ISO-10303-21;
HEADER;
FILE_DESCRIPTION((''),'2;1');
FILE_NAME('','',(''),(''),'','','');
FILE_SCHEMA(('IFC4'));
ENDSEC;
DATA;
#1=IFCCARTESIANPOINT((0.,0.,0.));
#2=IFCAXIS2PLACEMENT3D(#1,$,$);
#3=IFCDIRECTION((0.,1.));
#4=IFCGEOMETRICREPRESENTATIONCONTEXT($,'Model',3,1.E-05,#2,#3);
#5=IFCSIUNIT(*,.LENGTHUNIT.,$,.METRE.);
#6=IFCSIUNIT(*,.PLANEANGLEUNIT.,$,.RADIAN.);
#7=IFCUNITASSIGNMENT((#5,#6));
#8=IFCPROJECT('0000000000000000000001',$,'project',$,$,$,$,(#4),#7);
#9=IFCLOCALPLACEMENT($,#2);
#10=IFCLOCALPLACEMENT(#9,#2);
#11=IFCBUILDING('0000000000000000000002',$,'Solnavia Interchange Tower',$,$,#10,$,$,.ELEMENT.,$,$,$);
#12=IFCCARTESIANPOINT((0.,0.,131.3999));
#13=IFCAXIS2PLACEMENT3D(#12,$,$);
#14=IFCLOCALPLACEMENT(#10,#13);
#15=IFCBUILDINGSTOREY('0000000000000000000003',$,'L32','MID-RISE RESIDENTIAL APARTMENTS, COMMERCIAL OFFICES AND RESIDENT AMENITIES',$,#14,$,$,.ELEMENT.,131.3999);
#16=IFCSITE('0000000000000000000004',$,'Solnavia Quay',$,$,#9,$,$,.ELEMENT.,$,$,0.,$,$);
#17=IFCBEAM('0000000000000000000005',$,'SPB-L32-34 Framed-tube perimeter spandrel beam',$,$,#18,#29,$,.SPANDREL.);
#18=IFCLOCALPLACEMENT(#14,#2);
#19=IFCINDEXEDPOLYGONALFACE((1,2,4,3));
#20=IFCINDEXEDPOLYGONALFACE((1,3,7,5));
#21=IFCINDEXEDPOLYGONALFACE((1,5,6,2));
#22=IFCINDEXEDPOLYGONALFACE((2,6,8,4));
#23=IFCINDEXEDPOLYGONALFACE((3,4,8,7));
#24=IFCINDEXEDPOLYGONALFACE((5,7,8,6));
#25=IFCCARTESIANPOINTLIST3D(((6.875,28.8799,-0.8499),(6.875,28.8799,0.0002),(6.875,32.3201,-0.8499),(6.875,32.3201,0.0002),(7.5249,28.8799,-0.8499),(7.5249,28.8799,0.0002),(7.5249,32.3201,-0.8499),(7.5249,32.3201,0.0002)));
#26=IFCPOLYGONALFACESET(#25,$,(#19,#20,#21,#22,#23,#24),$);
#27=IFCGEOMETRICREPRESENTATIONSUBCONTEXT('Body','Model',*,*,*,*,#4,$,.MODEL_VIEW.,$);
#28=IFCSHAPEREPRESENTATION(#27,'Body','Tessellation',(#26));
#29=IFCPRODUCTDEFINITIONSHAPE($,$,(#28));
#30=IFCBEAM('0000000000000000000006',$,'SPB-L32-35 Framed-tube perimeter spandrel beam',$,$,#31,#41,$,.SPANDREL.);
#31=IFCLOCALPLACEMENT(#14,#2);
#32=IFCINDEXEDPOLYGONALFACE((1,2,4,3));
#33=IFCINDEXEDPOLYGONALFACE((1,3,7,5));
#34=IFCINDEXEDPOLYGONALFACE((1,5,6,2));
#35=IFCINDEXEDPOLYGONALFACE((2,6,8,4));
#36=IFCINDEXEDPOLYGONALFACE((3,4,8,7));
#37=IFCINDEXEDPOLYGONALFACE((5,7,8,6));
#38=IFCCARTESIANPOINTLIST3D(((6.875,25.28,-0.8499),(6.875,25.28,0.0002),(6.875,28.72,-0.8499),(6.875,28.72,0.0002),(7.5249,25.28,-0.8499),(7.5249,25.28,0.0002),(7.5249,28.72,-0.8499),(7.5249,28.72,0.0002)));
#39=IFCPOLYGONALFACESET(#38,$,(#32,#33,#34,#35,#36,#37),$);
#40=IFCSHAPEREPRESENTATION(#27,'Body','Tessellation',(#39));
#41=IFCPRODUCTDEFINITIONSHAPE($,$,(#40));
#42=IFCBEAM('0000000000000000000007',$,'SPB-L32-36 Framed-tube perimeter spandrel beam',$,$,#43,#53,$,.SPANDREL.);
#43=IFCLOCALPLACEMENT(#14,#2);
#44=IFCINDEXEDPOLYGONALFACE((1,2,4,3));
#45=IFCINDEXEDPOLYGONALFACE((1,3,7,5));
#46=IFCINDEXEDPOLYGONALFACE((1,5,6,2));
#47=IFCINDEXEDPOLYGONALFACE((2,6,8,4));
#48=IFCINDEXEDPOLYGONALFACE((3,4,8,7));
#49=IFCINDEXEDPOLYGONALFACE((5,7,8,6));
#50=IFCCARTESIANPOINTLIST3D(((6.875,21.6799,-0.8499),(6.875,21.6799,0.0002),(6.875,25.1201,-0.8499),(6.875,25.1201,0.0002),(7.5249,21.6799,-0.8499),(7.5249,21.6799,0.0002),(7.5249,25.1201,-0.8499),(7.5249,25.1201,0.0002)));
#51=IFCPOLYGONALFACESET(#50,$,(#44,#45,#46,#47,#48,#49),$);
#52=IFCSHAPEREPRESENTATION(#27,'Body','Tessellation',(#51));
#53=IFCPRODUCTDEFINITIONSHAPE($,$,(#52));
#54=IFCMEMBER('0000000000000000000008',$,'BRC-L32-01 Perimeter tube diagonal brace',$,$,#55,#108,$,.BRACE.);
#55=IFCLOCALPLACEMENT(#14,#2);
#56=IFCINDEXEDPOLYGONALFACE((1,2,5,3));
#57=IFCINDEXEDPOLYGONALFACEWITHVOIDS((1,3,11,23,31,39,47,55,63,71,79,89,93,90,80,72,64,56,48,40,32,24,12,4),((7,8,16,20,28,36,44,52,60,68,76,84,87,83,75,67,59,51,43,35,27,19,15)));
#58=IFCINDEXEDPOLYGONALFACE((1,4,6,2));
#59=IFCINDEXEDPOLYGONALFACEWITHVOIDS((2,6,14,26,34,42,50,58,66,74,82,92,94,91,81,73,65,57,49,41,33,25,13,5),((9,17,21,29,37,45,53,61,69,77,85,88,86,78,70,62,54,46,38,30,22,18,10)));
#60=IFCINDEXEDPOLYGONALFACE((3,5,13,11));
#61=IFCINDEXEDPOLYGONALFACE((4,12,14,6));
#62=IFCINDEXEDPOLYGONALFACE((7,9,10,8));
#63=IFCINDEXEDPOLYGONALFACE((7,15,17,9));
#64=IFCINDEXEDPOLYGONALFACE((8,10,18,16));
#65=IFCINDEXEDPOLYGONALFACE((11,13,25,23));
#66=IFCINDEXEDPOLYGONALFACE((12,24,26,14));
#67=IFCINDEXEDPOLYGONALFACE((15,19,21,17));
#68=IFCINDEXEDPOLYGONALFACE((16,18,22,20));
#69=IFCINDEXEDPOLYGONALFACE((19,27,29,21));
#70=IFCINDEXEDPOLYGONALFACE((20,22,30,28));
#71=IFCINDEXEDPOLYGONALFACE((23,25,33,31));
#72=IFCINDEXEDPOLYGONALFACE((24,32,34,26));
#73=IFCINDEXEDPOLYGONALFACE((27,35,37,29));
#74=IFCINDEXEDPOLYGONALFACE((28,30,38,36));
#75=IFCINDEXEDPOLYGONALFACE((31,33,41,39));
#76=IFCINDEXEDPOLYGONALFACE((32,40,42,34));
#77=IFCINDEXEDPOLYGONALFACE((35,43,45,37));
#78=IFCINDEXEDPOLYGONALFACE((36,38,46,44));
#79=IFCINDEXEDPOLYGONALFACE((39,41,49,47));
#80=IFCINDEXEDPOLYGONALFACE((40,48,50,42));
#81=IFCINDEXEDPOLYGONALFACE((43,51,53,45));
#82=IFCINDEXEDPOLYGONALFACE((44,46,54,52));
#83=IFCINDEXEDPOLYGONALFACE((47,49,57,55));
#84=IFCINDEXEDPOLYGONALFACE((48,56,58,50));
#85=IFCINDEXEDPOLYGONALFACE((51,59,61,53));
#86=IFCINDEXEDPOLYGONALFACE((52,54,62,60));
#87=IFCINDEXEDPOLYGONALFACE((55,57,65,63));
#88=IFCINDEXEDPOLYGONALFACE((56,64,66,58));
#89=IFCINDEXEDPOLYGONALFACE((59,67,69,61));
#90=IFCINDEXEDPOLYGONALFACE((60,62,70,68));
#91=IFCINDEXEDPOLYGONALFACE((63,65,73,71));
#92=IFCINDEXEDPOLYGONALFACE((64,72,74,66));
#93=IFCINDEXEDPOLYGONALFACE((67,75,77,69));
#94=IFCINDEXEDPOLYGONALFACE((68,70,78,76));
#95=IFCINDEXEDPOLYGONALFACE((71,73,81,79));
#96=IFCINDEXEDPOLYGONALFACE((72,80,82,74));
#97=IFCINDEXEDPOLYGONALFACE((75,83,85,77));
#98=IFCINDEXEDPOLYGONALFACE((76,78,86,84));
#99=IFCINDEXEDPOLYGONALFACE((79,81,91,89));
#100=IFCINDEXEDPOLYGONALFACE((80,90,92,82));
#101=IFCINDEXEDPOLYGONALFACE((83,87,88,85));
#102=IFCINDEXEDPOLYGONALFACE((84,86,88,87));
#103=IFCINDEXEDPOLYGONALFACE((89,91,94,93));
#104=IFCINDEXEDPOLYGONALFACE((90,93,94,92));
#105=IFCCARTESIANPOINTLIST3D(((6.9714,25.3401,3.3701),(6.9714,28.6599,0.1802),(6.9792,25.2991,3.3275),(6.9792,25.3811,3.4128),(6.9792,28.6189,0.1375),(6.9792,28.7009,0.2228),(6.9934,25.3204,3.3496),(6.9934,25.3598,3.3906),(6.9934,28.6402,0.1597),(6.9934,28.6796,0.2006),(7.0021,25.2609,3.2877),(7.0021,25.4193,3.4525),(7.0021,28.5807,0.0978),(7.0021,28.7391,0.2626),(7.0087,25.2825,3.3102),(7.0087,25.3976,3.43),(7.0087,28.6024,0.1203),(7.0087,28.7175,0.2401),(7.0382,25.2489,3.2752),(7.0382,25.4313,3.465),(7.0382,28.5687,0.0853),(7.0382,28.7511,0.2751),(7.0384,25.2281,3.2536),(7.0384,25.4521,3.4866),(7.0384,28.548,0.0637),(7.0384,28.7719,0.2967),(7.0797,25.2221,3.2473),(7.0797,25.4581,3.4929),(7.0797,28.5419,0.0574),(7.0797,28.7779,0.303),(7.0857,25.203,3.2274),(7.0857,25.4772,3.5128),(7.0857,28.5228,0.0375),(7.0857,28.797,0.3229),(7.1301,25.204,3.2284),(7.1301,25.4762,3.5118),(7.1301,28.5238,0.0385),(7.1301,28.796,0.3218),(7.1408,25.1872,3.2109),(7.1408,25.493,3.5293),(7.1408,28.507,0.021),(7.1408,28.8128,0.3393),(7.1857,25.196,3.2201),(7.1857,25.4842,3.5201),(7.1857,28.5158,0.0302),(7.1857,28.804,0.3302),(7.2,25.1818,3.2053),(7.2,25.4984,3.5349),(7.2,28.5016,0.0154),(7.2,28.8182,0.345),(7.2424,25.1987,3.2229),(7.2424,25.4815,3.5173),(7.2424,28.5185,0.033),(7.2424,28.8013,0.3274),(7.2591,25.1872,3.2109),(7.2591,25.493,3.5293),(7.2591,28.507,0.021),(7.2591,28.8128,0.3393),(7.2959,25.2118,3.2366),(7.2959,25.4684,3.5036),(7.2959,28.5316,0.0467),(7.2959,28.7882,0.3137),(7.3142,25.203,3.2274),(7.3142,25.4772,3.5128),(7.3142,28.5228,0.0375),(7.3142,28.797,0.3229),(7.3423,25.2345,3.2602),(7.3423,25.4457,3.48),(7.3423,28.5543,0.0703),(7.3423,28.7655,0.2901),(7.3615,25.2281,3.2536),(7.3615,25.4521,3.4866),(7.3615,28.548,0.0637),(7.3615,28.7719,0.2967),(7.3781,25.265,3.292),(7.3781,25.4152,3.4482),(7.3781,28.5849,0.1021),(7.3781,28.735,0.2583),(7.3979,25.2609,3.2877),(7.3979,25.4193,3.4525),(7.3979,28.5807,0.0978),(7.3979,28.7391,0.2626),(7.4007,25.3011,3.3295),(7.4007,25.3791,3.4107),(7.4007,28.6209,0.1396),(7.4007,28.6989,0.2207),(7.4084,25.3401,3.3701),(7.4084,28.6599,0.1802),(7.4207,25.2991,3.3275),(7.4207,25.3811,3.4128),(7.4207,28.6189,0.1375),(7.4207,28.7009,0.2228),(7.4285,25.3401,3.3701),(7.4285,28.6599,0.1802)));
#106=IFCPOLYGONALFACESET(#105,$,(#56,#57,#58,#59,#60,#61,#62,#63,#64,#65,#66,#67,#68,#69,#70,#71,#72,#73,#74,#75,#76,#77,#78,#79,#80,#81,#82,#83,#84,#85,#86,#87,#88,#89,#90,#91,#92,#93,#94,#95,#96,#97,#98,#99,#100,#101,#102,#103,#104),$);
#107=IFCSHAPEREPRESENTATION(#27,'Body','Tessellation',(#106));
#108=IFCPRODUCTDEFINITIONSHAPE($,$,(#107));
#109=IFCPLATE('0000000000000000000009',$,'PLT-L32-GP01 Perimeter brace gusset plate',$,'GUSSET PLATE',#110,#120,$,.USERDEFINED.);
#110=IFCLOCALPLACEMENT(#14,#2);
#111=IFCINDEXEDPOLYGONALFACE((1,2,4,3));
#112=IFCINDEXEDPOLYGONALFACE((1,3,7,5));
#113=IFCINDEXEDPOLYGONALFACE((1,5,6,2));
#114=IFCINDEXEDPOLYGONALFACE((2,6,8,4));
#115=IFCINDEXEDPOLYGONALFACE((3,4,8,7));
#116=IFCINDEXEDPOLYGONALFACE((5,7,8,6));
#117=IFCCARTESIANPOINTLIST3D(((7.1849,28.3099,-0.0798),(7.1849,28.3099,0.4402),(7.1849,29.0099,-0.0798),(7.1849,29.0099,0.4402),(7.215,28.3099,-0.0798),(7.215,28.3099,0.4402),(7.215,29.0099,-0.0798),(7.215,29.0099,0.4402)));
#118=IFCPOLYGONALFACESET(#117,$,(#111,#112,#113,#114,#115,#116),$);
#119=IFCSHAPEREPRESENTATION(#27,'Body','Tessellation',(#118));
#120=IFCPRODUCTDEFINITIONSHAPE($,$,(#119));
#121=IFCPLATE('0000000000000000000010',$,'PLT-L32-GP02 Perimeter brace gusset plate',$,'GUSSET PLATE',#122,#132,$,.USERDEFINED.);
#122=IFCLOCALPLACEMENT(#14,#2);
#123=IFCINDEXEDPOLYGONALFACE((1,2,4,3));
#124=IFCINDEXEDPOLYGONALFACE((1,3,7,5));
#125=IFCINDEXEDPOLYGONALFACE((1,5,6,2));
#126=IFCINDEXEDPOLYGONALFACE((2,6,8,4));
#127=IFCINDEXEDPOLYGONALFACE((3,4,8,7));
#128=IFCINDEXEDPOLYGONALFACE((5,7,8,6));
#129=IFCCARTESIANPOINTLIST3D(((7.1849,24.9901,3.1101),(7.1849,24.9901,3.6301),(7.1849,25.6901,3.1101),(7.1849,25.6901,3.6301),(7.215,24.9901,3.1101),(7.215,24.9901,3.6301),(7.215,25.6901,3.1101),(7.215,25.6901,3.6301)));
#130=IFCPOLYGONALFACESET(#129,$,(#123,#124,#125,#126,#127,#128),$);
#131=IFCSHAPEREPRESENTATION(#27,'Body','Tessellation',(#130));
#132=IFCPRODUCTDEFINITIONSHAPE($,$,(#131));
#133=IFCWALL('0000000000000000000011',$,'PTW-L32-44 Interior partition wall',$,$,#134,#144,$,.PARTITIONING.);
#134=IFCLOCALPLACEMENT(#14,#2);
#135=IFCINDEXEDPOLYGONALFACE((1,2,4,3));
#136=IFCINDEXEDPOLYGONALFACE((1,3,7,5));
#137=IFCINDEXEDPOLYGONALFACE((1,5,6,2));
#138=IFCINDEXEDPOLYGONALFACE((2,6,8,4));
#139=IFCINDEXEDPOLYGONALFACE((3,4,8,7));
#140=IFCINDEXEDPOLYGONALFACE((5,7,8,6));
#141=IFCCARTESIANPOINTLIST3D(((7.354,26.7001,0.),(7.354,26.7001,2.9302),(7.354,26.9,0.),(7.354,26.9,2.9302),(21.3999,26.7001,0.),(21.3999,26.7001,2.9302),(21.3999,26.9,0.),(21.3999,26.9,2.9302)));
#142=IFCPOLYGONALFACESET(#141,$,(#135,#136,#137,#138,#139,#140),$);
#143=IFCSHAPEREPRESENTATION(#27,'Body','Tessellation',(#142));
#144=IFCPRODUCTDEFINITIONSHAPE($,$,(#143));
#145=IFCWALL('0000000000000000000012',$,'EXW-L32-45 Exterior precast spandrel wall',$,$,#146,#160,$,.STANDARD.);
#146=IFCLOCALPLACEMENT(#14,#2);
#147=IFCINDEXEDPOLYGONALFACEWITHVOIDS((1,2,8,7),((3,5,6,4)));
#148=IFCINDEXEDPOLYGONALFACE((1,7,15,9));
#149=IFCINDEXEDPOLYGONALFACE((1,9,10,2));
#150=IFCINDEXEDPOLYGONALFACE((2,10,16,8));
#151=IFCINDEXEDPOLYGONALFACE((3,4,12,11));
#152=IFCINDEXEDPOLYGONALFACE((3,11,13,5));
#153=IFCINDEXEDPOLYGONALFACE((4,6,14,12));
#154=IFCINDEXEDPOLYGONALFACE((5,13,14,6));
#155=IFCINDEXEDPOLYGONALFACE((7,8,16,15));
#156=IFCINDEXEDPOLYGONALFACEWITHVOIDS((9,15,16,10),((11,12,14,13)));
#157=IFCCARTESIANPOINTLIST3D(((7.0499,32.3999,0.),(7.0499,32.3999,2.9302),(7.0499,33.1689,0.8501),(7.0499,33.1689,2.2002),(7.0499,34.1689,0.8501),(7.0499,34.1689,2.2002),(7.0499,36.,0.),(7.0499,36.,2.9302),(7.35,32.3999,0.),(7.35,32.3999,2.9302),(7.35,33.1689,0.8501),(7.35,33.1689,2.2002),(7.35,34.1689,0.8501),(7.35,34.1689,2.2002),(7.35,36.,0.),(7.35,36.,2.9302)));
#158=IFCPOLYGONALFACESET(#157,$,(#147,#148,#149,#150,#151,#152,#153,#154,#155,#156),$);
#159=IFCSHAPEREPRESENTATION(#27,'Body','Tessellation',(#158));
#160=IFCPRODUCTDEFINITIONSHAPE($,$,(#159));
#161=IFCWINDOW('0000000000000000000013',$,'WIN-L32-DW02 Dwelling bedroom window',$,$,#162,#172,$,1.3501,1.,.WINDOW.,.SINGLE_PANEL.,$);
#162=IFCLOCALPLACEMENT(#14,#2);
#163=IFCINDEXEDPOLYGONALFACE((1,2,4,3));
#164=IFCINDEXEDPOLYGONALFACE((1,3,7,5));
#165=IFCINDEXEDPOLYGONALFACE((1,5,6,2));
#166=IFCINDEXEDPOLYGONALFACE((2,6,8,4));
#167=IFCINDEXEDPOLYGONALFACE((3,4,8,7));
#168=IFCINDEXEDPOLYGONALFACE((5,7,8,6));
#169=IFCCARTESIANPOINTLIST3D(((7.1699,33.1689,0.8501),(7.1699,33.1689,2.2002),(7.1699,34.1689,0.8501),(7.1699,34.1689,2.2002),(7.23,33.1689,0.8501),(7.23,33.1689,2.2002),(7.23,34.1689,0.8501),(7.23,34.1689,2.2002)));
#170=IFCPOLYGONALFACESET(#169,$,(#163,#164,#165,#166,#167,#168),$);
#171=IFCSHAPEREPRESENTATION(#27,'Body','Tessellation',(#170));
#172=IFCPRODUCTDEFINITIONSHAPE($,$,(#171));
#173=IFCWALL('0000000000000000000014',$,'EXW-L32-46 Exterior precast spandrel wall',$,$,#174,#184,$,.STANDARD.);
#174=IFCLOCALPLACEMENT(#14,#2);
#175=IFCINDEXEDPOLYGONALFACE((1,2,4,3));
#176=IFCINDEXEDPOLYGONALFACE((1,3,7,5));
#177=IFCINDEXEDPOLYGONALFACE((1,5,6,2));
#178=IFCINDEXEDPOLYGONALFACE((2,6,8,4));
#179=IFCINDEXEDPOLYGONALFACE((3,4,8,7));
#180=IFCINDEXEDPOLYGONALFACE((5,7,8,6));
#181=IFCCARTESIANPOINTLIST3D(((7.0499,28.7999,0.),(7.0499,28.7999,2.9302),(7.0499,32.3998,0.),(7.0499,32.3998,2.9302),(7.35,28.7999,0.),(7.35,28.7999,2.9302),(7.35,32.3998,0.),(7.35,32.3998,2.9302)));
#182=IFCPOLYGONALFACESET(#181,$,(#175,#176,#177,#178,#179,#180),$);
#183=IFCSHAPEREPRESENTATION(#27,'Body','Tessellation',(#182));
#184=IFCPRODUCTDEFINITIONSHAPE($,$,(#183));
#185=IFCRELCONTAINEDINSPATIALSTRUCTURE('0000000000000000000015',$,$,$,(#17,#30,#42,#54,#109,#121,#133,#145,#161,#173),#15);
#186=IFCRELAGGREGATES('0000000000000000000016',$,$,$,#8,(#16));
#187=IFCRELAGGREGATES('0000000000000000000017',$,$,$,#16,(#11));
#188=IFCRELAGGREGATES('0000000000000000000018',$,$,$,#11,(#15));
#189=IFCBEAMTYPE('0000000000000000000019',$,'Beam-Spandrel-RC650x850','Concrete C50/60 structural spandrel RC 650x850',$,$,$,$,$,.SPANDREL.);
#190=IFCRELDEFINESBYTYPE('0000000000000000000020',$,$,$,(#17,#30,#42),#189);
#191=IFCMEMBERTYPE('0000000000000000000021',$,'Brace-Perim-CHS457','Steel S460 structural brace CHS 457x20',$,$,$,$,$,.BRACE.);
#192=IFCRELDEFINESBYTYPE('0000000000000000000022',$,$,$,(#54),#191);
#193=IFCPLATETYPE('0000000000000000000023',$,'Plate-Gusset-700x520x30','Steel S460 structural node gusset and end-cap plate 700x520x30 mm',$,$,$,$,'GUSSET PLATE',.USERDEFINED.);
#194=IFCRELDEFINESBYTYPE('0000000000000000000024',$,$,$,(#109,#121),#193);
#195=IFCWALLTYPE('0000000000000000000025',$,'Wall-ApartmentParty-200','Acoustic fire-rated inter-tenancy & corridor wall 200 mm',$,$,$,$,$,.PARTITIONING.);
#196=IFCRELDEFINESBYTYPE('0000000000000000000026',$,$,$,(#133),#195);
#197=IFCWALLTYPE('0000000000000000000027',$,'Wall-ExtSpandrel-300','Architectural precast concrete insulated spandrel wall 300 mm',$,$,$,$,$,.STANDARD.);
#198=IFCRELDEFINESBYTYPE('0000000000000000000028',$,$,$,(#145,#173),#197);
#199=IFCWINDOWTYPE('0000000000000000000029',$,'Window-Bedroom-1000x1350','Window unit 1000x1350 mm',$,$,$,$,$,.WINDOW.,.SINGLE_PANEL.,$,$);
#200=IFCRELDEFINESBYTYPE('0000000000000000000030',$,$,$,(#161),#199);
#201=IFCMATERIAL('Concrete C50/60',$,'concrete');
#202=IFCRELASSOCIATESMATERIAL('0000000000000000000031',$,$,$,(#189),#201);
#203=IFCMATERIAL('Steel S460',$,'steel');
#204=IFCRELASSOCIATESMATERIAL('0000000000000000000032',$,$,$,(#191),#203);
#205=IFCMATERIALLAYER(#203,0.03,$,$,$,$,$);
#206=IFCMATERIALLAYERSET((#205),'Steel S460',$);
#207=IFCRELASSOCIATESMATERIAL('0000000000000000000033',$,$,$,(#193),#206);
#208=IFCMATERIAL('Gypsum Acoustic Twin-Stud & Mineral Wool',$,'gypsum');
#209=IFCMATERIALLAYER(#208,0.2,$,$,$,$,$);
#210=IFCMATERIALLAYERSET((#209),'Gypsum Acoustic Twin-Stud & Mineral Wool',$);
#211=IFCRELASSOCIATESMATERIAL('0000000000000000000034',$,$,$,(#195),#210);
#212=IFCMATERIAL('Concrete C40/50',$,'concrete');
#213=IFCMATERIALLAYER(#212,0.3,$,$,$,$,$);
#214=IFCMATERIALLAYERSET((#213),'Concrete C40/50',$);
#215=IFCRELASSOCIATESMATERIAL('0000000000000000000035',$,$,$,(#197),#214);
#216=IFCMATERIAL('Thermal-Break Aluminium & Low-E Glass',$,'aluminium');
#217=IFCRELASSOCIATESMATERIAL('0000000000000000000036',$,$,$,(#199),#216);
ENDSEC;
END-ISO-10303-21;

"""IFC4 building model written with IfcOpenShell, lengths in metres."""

from ifc_helpers import new_model, si_unit, direction, frame, frame_2d, origin, origin_2d, place, context, subcontext, project, spatial, rectangle, hollow_circle, extrude, material, layer, layer_set, material_profile, profile_set, type_object, element, fill, save


model = new_model("IFC4")

# Units and contexts
model_context = context("Model", 3, precision=1e-05, world=origin(), true_north=direction((0.0, 1.0)))
body_context = subcontext(model_context, "Body", "Model", "MODEL_VIEW")
ifc_project = project(units=[si_unit("LENGTHUNIT", "METRE"), si_unit("PLANEANGLEUNIT", "RADIAN")], contexts=[model_context])

# Site, building, storey
site_placement = place(None, origin())
site = spatial("IfcSite", under=ifc_project, at=site_placement, Name="Solnavia Quay", CompositionType="ELEMENT", RefElevation=0.0)
building_placement = place(site_placement, origin())
building = spatial("IfcBuilding", under=site, at=building_placement, Name="Solnavia Interchange Tower", CompositionType="ELEMENT")
storey_placement = place(building_placement, frame((0.0, 0.0, 131.3999)))
storey = spatial("IfcBuildingStorey", under=building, at=storey_placement, Name="L32", Description="MID-RISE RESIDENTIAL APARTMENTS, COMMERCIAL OFFICES AND RESIDENT AMENITIES", CompositionType="ELEMENT", Elevation=131.3999)

# Shared definitions
ifc_material_1 = material(Name="Concrete C50/60", Category="concrete")

# Beams
ifc_material_2 = material(Name="Steel S460", Category="steel")
ifc_material_profile_1 = material_profile(ifc_material_1, rectangle(XDim=0.6499, YDim=0.8501, at=origin_2d()), Name="RC 650x850")
ifc_profile_set_1 = profile_set([ifc_material_profile_1], Name="Concrete C50/60")
beam_type_1 = type_object("IfcBeamType", Name="Beam-Spandrel-RC650x850", Description="Concrete C50/60 structural spandrel RC 650x850", PredefinedType="SPANDREL", material=ifc_profile_set_1)
beam_1_placement = place(storey_placement, frame((7.2, 32.3201, -0.4248), z_axis=(0.0, -1.0, 0.0), x_axis=(1.0, 0.0, 0.0)))
element("IfcBeam", 1, at=beam_1_placement, inside=storey, type_object=beam_type_1, Name="SPB-L32-34 Framed-tube perimeter spandrel beam", PredefinedType="SPANDREL", context=body_context, shape_type="SweptSolid", body=[
    extrude(rectangle(XDim=0.6499, YDim=0.8501, at=origin_2d()), origin(), (0.0, 0.0, 1.0), 3.4402),
])
beam_2_placement = place(storey_placement, frame((7.2, 28.72, -0.4248), z_axis=(0.0, -1.0, 0.0), x_axis=(1.0, 0.0, 0.0)))
element("IfcBeam", 2, at=beam_2_placement, inside=storey, type_object=beam_type_1, Name="SPB-L32-35 Framed-tube perimeter spandrel beam", PredefinedType="SPANDREL", context=body_context, shape_type="SweptSolid", body=[
    extrude(rectangle(XDim=0.6499, YDim=0.8501, at=origin_2d()), origin(), (0.0, 0.0, 1.0), 3.4399),
])
beam_3_placement = place(storey_placement, frame((7.2, 25.1201, -0.4248), z_axis=(0.0, -1.0, 0.0), x_axis=(1.0, 0.0, 0.0)))
element("IfcBeam", 3, at=beam_3_placement, inside=storey, type_object=beam_type_1, Name="SPB-L32-36 Framed-tube perimeter spandrel beam", PredefinedType="SPANDREL", context=body_context, shape_type="SweptSolid", body=[
    extrude(rectangle(XDim=0.6499, YDim=0.8501, at=origin_2d()), origin(), (0.0, 0.0, 1.0), 3.4402),
])

# Member
ifc_material_profile_2 = material_profile(ifc_material_2, hollow_circle(Radius=0.2285, WallThickness=0.02, at=origin_2d()), Name="CHS 457x20")
ifc_profile_set_2 = profile_set([ifc_material_profile_2], Name="Steel S460")
member_type = type_object("IfcMemberType", Name="Brace-Perim-CHS457", Description="Steel S460 structural brace CHS 457x20", PredefinedType="BRACE", material=ifc_profile_set_2)
member_placement = place(storey_placement, frame((7.2, 28.6599, 0.1802), z_axis=(0.0, -0.721071, 0.692861), x_axis=(1.0, 0.0, 0.0)))
element("IfcMember", 4, at=member_placement, inside=storey, type_object=member_type, Name="BRC-L32-01 Perimeter tube diagonal brace", PredefinedType="BRACE", context=body_context, shape_type="SweptSolid", body=[
    extrude(hollow_circle(Radius=0.2285, WallThickness=0.02, at=origin_2d()), origin(), (0.0, 0.0, 1.0), 4.604),
])

# Plates
ifc_layer_1 = layer(ifc_material_2, 0.03)
ifc_layer_set_1 = layer_set([ifc_layer_1], Name="Steel S460")
plate_type = type_object("IfcPlateType", Name="Plate-Gusset-700x520x30", Description="Steel S460 structural node gusset and end-cap plate 700x520x30 mm", ElementType="GUSSET PLATE", PredefinedType="USERDEFINED", material=ifc_layer_set_1)
for number, where, z_axis, x_axis, name in (
    (5, (7.2, 28.6599, -0.0798), (0.0, 0.0, 1.0), (0.0, -1.0, 0.0), "PLT-L32-GP01 Perimeter brace gusset plate"),
    (6, (7.2, 25.3401, 3.1101), (0.0, 0.0, 1.0), (0.0, -1.0, 0.0), "PLT-L32-GP02 Perimeter brace gusset plate"),
):
    element("IfcPlate", number, at=place(storey_placement, frame(where, z_axis=z_axis, x_axis=x_axis)), inside=storey, type_object=plate_type, Name=name, ObjectType="GUSSET PLATE", PredefinedType="USERDEFINED", context=body_context, shape_type="SweptSolid", body=[
        extrude(rectangle(XDim=0.7, YDim=0.03, at=origin_2d()), origin(), (0.0, 0.0, 1.0), 0.52),
    ])

# Wall
ifc_material_3 = material(Name="Gypsum Acoustic Twin-Stud & Mineral Wool", Category="gypsum")
ifc_layer_2 = layer(ifc_material_3, 0.2)
ifc_layer_set_2 = layer_set([ifc_layer_2], Name="Gypsum Acoustic Twin-Stud & Mineral Wool")
wall_type_1 = type_object("IfcWallType", Name="Wall-ApartmentParty-200", Description="Acoustic fire-rated inter-tenancy & corridor wall 200 mm", PredefinedType="PARTITIONING", material=ifc_layer_set_2)
wall_1_placement = place(storey_placement, frame((7.354, 26.8, 0.0), z_axis=(0.0, 0.0, 1.0), x_axis=(1.0, 0.0, 0.0)))
element("IfcWall", 7, at=wall_1_placement, inside=storey, type_object=wall_type_1, Name="PTW-L32-44 Interior partition wall", PredefinedType="PARTITIONING", context=body_context, shape_type="SweptSolid", body=[
    extrude(rectangle(XDim=14.0459, YDim=0.2, at=frame_2d((7.0229, 0.0))), origin(), (0.0, 0.0, 1.0), 2.9302),
])

# Wall, opening, window
ifc_material_4 = material(Name="Concrete C40/50", Category="concrete")
ifc_layer_3 = layer(ifc_material_4, 0.3)
ifc_layer_set_3 = layer_set([ifc_layer_3], Name="Concrete C40/50")
wall_type_2 = type_object("IfcWallType", Name="Wall-ExtSpandrel-300", Description="Architectural precast concrete insulated spandrel wall 300 mm", PredefinedType="STANDARD", material=ifc_layer_set_3)
wall_2_placement = place(storey_placement, frame((7.2, 32.3999, 0.0), z_axis=(0.0, 0.0, 1.0), x_axis=(0.0, 1.0, 0.0)))
wall_2 = element("IfcWall", 8, at=wall_2_placement, inside=storey, type_object=wall_type_2, Name="EXW-L32-45 Exterior precast spandrel wall", PredefinedType="STANDARD", context=body_context, shape_type="SweptSolid", body=[
    extrude(rectangle(XDim=3.6001, YDim=0.3, at=frame_2d((1.8, 0.0))), origin(), (0.0, 0.0, 1.0), 2.9302),
])
opening_1_placement = place(wall_2_placement, frame((0.769, 0.0, 0.8501)))
opening_1 = element("IfcOpeningElement", 9, at=opening_1_placement, cuts=wall_2, PredefinedType="OPENING", context=body_context, shape_type="SweptSolid", body=[
    extrude(rectangle(XDim=1.0, YDim=1.3501, at=frame_2d((0.5, 0.675))), frame((0.0, 0.1602, 0.0), z_axis=(0.0, -1.0, 0.0), x_axis=(1.0, 0.0, 0.0)), (0.0, 0.0, 1.0), 0.3201),
])
ifc_material_5 = material(Name="Thermal-Break Aluminium & Low-E Glass", Category="aluminium")
window_type = type_object("IfcWindowType", Name="Window-Bedroom-1000x1350", Description="Window unit 1000x1350 mm", PartitioningType="SINGLE_PANEL", PredefinedType="WINDOW", material=ifc_material_5)
window_placement = place(opening_1_placement, origin())
window = element("IfcWindow", 10, at=window_placement, inside=storey, type_object=window_type, Name="WIN-L32-DW02 Dwelling bedroom window", OverallHeight=1.3501, OverallWidth=1.0, PartitioningType="SINGLE_PANEL", PredefinedType="WINDOW", context=body_context, shape_type="SweptSolid", body=[
    extrude(rectangle(XDim=1.0, YDim=1.3501, at=frame_2d((0.5, 0.675))), frame((0.0, 0.03, 0.0), z_axis=(0.0, -1.0, 0.0), x_axis=(1.0, 0.0, 0.0)), (0.0, 0.0, 1.0), 0.0601),
])
fill(opening_1, window)

# Wall
wall_3_placement = place(storey_placement, frame((7.2, 28.8, 0.0), z_axis=(0.0, 0.0, 1.0), x_axis=(0.0, 1.0, 0.0)))
element("IfcWall", 11, at=wall_3_placement, inside=storey, type_object=wall_type_2, Name="EXW-L32-46 Exterior precast spandrel wall", PredefinedType="STANDARD", context=body_context, shape_type="SweptSolid", body=[
    extrude(rectangle(XDim=3.5999, YDim=0.3, at=frame_2d((1.7998, 0.0))), origin(), (0.0, 0.0, 1.0), 2.9302),
])

save(model, "model.ifc")
